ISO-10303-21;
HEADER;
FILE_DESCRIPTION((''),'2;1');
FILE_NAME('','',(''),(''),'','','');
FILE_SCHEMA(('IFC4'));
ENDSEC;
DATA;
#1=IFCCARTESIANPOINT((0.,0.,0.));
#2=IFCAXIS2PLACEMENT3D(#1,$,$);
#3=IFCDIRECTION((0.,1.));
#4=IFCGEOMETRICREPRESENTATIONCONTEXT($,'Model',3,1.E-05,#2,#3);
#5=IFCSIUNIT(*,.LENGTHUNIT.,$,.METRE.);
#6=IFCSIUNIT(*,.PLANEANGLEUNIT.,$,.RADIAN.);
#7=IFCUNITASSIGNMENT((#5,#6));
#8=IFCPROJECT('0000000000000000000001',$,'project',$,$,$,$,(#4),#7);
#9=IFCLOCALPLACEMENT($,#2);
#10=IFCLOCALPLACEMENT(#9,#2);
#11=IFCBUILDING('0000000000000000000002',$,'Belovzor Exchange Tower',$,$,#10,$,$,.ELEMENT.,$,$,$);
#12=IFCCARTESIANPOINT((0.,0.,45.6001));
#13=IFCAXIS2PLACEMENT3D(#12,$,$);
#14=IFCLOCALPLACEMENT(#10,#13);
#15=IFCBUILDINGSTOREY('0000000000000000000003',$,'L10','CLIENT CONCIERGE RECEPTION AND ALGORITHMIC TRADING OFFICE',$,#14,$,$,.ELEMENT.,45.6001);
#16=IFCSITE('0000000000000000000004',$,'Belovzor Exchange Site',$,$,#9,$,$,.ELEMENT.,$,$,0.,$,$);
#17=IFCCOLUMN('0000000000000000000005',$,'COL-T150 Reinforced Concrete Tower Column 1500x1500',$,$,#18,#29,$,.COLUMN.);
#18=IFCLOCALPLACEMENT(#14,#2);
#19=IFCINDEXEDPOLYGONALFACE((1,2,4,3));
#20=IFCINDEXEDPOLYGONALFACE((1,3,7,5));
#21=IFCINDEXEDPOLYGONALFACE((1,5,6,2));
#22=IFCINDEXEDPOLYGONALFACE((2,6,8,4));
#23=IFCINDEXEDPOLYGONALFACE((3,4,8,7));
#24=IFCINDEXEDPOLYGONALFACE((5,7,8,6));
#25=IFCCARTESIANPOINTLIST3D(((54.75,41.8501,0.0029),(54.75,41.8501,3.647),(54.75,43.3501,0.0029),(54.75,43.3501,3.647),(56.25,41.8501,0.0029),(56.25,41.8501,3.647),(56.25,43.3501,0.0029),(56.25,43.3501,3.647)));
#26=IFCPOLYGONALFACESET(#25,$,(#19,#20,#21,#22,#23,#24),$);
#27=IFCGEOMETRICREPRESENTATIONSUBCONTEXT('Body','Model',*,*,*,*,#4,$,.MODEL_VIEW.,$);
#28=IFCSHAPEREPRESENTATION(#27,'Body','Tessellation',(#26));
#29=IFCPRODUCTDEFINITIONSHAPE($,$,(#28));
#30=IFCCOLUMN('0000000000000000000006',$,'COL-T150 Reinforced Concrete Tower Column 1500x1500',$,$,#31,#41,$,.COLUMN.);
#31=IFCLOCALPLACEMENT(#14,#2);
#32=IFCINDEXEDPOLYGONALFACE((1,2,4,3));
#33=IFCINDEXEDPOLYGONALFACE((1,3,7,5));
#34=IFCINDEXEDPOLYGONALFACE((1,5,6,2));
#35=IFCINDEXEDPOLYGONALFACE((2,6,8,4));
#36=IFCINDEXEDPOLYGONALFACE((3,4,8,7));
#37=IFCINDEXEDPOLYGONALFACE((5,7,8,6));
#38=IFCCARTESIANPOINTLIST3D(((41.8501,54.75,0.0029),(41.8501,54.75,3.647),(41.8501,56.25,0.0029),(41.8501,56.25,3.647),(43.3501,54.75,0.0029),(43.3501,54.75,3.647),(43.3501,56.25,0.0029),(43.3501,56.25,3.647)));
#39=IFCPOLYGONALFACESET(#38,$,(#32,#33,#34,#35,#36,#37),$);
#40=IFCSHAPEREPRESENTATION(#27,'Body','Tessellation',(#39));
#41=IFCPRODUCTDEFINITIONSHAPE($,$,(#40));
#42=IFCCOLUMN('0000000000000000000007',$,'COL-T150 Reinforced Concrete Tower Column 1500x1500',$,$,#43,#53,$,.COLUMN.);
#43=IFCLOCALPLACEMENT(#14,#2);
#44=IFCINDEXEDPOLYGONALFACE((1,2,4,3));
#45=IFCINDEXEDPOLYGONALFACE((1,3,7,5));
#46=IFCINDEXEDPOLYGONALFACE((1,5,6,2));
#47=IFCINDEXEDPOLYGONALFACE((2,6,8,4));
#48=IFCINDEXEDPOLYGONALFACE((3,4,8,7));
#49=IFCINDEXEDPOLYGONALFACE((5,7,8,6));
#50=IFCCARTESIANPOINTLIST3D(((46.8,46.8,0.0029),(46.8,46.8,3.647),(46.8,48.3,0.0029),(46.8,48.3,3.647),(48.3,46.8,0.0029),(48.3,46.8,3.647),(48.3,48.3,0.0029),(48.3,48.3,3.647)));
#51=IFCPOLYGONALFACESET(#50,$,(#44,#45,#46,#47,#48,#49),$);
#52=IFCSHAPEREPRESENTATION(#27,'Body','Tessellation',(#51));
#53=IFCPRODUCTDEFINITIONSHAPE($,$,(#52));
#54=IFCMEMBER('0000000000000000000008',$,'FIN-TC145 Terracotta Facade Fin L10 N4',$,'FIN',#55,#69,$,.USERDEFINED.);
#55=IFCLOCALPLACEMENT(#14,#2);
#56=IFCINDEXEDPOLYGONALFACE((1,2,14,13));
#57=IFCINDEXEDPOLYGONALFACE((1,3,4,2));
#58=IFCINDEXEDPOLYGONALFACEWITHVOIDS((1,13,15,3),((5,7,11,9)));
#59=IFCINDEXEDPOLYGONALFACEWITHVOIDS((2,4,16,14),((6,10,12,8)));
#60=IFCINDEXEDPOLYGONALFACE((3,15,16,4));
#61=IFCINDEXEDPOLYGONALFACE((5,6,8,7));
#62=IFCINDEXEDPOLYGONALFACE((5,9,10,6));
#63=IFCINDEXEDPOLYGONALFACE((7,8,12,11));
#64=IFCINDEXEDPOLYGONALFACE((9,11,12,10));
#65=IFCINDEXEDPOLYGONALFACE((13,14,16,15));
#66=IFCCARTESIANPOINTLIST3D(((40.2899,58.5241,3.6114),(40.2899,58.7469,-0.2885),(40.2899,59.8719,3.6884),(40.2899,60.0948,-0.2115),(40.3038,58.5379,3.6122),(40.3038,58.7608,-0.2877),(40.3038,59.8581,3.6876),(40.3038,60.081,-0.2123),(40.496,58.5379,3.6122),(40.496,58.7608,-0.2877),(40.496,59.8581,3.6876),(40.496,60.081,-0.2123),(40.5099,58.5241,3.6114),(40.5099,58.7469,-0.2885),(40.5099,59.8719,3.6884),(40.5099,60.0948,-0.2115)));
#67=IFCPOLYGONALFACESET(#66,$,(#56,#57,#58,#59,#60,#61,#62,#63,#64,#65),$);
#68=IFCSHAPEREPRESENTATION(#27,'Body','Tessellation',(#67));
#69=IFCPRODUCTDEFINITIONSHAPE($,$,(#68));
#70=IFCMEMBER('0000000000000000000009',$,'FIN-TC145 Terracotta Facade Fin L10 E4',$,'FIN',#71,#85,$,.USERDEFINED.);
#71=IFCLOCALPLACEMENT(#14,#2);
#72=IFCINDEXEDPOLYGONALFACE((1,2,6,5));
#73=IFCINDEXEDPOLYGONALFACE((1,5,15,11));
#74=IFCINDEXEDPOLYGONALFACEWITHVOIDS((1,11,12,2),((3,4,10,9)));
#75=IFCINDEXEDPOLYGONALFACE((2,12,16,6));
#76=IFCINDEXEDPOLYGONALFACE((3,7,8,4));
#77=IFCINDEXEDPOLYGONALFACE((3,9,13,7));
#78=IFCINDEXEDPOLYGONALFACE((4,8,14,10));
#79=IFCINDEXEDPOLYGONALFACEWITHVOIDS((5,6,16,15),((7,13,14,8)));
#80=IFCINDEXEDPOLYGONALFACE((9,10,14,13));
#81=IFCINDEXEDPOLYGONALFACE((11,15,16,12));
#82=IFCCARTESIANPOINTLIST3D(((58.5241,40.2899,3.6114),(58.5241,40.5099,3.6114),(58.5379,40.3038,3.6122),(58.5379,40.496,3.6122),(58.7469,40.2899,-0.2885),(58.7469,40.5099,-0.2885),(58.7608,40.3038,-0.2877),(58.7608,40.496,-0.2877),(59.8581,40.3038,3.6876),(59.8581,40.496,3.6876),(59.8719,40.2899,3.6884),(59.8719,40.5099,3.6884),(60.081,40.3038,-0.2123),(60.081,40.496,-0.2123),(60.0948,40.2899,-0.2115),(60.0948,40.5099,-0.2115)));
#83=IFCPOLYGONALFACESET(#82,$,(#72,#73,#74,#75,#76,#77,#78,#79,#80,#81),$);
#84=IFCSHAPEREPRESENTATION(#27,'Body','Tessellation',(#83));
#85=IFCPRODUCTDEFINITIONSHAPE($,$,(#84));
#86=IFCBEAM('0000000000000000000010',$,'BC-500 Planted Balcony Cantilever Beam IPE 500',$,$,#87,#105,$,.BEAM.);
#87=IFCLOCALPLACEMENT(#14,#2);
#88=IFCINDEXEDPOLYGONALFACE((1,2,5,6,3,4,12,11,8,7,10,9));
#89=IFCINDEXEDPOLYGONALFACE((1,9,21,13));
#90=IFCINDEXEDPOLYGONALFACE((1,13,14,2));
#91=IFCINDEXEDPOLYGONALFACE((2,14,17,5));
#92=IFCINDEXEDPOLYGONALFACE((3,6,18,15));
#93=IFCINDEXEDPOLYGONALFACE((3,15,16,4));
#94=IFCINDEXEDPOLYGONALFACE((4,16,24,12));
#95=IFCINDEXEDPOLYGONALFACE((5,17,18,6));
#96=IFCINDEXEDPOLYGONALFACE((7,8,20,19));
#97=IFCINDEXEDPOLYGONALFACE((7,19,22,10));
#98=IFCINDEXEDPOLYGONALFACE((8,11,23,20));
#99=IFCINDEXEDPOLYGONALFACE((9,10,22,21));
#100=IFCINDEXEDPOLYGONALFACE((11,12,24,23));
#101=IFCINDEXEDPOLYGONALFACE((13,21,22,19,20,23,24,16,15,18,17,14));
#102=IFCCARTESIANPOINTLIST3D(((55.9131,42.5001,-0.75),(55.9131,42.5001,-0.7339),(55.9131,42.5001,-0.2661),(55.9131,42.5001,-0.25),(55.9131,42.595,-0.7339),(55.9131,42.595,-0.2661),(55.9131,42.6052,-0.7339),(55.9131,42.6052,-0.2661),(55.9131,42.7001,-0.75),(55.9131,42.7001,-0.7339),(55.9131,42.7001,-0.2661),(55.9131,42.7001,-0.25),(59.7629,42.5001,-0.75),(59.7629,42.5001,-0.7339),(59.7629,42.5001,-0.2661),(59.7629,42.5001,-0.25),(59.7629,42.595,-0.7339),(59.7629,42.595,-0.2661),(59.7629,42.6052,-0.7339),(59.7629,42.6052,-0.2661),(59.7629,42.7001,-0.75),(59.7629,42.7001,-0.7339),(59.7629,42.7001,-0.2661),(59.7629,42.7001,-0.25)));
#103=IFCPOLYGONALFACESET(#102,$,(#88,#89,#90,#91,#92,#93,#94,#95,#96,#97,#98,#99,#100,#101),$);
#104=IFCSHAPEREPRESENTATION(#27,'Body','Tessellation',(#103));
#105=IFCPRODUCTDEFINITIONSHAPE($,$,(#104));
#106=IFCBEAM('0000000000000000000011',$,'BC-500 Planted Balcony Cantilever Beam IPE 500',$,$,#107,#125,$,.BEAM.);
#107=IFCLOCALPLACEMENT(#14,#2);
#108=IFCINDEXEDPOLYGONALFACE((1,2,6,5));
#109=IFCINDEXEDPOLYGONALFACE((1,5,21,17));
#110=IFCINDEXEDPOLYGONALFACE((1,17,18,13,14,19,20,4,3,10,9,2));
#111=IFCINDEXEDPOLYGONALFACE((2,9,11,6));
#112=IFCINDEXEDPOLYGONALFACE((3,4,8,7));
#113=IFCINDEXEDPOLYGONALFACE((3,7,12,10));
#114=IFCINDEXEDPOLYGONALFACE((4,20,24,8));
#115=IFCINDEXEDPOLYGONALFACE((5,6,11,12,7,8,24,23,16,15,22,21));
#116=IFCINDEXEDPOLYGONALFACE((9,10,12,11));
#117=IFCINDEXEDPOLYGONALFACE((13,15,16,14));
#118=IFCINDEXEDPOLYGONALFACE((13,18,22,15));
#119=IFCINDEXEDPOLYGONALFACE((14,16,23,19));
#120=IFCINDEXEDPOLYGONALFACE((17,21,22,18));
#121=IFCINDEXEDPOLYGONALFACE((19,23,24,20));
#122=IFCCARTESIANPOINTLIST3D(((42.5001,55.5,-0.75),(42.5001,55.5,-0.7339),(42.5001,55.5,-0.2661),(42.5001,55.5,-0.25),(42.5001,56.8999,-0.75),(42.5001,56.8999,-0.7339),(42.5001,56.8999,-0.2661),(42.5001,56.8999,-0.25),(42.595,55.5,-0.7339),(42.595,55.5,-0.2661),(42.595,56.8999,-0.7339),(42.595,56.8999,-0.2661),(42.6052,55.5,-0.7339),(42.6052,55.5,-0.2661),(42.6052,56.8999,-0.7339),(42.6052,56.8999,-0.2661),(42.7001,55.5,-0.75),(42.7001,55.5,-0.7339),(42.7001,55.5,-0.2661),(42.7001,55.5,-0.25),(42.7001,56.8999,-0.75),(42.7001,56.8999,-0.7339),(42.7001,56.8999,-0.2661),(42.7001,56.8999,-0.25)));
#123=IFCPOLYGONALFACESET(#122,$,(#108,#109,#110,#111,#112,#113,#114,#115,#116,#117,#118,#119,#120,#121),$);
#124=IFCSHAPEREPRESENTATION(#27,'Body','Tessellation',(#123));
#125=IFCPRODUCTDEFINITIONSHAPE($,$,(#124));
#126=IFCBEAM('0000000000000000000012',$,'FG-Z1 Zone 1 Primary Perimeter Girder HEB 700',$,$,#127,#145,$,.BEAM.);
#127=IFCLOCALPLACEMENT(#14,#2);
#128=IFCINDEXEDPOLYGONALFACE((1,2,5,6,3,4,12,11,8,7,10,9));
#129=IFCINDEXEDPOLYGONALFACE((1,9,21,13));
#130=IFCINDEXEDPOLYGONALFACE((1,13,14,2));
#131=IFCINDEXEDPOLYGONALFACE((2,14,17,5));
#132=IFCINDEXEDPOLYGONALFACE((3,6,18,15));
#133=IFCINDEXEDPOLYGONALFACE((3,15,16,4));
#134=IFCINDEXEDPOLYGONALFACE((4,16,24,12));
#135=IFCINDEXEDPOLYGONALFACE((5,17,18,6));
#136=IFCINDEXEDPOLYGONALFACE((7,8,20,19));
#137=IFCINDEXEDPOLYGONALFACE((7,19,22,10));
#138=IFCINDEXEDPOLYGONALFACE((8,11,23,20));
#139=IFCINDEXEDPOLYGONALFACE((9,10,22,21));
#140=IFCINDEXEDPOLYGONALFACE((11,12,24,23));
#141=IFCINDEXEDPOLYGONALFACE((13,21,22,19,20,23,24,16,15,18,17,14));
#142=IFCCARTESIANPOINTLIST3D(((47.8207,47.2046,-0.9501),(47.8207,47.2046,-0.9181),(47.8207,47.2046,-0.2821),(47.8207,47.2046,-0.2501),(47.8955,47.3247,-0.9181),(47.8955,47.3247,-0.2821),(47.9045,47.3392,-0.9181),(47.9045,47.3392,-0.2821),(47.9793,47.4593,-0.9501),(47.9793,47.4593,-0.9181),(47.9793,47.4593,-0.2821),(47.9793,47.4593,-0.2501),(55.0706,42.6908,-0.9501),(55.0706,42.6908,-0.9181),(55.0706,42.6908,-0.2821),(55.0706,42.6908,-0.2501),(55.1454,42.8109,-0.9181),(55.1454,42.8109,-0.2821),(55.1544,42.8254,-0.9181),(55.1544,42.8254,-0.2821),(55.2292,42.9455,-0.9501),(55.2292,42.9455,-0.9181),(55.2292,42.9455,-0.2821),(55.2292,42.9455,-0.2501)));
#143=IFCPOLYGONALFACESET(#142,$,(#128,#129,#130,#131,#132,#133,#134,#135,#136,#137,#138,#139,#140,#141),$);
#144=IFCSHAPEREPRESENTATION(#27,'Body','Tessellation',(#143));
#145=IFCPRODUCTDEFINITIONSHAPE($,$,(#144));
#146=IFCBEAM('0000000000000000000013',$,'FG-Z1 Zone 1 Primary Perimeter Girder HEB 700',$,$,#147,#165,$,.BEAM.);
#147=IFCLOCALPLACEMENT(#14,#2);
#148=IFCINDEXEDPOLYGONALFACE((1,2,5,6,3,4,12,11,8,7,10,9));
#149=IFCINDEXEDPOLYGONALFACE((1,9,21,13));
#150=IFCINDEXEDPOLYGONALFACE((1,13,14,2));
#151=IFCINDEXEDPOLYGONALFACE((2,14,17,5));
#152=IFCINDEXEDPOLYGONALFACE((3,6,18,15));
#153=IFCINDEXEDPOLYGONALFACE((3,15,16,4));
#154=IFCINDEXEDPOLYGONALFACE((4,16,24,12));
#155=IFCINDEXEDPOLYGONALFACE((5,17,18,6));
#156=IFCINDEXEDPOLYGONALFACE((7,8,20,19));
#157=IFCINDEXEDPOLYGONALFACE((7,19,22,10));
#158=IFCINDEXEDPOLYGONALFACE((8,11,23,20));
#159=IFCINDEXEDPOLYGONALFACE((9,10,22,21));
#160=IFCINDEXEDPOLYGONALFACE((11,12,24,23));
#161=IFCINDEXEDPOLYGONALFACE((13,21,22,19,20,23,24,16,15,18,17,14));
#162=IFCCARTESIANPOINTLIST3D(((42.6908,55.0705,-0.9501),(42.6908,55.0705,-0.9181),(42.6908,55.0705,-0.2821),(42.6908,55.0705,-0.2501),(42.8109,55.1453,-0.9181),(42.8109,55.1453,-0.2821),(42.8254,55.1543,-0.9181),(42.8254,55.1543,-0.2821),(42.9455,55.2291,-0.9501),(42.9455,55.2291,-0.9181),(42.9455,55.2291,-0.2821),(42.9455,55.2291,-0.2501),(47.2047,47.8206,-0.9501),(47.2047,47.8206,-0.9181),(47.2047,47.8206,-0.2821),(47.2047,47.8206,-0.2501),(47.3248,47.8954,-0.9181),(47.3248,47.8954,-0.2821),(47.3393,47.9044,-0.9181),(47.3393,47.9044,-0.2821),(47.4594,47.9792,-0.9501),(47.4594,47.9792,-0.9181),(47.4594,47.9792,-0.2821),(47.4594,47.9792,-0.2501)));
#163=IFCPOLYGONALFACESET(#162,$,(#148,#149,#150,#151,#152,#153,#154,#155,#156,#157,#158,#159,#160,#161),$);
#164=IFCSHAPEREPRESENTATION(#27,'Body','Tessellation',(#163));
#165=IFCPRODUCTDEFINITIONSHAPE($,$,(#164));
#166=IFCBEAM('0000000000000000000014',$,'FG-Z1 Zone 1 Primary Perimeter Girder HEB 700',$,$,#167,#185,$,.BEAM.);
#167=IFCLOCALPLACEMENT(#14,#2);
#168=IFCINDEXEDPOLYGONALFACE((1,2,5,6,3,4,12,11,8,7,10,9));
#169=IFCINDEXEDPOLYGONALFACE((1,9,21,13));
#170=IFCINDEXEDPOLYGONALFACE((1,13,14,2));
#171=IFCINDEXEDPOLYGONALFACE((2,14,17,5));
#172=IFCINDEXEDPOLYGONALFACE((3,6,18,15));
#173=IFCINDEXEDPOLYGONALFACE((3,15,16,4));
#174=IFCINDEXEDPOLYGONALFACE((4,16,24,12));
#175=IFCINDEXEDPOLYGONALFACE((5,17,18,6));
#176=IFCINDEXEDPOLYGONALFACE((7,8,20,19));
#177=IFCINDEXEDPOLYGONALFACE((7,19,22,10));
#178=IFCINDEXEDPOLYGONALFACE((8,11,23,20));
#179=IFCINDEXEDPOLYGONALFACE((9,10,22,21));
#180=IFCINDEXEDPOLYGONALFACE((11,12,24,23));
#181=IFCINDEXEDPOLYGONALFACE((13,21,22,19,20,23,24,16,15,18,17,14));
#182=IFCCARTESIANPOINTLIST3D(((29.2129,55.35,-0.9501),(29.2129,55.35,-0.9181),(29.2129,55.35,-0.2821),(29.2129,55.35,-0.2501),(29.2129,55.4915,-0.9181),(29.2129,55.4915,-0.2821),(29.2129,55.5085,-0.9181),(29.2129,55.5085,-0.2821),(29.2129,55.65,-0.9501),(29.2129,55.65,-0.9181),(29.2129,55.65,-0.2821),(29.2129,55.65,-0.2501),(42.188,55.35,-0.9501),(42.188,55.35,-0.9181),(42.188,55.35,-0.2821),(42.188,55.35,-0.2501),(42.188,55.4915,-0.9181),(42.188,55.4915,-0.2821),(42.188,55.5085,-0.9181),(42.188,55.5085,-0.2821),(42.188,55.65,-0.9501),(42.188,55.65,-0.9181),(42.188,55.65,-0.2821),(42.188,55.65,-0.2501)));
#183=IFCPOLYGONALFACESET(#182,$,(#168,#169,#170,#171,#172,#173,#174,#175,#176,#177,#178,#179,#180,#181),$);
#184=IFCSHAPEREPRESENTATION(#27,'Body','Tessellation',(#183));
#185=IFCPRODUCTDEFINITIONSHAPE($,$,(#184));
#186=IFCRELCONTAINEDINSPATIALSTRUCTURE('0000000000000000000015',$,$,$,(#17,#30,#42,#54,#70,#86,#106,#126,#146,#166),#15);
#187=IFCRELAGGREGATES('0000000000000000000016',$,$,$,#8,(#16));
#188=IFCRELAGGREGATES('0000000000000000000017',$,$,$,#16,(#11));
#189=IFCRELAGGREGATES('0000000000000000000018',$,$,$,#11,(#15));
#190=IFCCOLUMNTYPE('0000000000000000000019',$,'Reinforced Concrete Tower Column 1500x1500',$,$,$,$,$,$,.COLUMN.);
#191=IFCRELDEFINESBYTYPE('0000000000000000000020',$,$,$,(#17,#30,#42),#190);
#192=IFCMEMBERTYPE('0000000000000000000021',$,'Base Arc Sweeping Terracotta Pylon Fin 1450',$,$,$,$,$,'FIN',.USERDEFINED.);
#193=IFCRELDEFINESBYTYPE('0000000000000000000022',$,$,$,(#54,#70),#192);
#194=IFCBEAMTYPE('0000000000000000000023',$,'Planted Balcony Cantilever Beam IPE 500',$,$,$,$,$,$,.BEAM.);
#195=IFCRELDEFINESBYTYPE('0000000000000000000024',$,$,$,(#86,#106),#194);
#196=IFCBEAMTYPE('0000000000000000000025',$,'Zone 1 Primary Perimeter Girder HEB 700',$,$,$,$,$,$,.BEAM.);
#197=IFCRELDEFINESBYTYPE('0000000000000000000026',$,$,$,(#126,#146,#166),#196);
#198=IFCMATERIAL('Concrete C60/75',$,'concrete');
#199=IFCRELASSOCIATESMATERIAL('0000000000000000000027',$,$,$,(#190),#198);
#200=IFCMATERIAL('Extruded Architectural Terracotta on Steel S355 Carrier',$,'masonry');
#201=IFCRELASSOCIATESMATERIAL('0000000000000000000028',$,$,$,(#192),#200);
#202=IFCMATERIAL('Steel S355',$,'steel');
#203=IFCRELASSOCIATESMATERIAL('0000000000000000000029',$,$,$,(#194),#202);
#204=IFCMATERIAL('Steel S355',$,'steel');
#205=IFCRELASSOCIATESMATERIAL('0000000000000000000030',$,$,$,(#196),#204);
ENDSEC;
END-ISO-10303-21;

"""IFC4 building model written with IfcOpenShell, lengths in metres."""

from ifc_helpers import new_model, si_unit, direction, frame, origin, origin_2d, place, context, subcontext, project, spatial, rectangle, hollow_rectangle, i_section, extrude, material, material_profile, profile_set, type_object, element, save


model = new_model("IFC4")

# Units and contexts
model_context = context("Model", 3, precision=1e-05, world=origin(), true_north=direction((0.0, 1.0)))
body_context = subcontext(model_context, "Body", "Model", "MODEL_VIEW")
ifc_project = project(units=[si_unit("LENGTHUNIT", "METRE"), si_unit("PLANEANGLEUNIT", "RADIAN")], contexts=[model_context])

# Site, building, storey
site_placement = place(None, origin())
site = spatial("IfcSite", under=ifc_project, at=site_placement, Name="Belovzor Exchange Site", CompositionType="ELEMENT", RefElevation=0.0)
building_placement = place(site_placement, origin())
building = spatial("IfcBuilding", under=site, at=building_placement, Name="Belovzor Exchange Tower", CompositionType="ELEMENT")
storey_placement = place(building_placement, frame((0.0, 0.0, 45.6001)))
storey = spatial("IfcBuildingStorey", under=building, at=storey_placement, Name="L10", Description="CLIENT CONCIERGE RECEPTION AND ALGORITHMIC TRADING OFFICE", CompositionType="ELEMENT", Elevation=45.6001)

# Columns
ifc_material_1 = material(Name="Concrete C60/75", Category="concrete")
ifc_material_profile_1 = material_profile(ifc_material_1, rectangle(XDim=1.5, YDim=1.5, at=origin_2d()))
ifc_profile_set_1 = profile_set([ifc_material_profile_1], Name="Concrete C60/75")
column_type = type_object("IfcColumnType", Name="Reinforced Concrete Tower Column 1500x1500", PredefinedType="COLUMN", material=ifc_profile_set_1)
for number, where, z_axis, x_axis, name in (
    (1, (55.5, 42.6001, 0.0029), (0.0, 0.0, 1.0), (1.0, 0.0, 0.0), "COL-T150 Reinforced Concrete Tower Column 1500x1500"),
    (2, (42.6001, 55.5, 0.0029), (0.0, 0.0, 1.0), (1.0, 0.0, 0.0), "COL-T150 Reinforced Concrete Tower Column 1500x1500"),
    (3, (47.55, 47.55, 0.0029), (0.0, 0.0, 1.0), (1.0, 0.0, 0.0), "COL-T150 Reinforced Concrete Tower Column 1500x1500"),
):
    element("IfcColumn", number, at=place(storey_placement, frame(where, z_axis=z_axis, x_axis=x_axis)), inside=storey, type_object=column_type, Name=name, PredefinedType="COLUMN", context=body_context, shape_type="SweptSolid", body=[
        extrude(rectangle(XDim=1.5, YDim=1.5, at=origin_2d()), origin(), (0.0, 0.0, 1.0), 3.644),
    ])

# Members
ifc_material_2 = material(Name="Extruded Architectural Terracotta on Steel S355 Carrier", Category="masonry")
ifc_material_profile_2 = material_profile(ifc_material_2, hollow_rectangle(XDim=0.22, YDim=1.3501, WallThickness=0.0139, at=origin_2d()))
ifc_profile_set_2 = profile_set([ifc_material_profile_2], Name="Extruded Architectural Terracotta on Steel S355 Carrier")
member_type = type_object("IfcMemberType", Name="Base Arc Sweeping Terracotta Pylon Fin 1450", ElementType="FIN", PredefinedType="USERDEFINED", material=ifc_profile_set_2)
for number, where, z_axis, x_axis, name in (
    (4, (40.3999, 59.4209, -0.25), (0.0, -0.057062, 0.998371), (1.0, 0.0, 0.0), "FIN-TC145 Terracotta Facade Fin L10 N4"),
    (5, (59.4209, 40.3999, -0.25), (-0.057062, 0.0, 0.998371), (0.0, -1.0, 0.0), "FIN-TC145 Terracotta Facade Fin L10 E4"),
):
    element("IfcMember", number, at=place(storey_placement, frame(where, z_axis=z_axis, x_axis=x_axis)), inside=storey, type_object=member_type, Name=name, ObjectType="FIN", PredefinedType="USERDEFINED", context=body_context, shape_type="SweptSolid", body=[
        extrude(hollow_rectangle(XDim=0.22, YDim=1.3501, WallThickness=0.0139, at=origin_2d()), origin(), (0.0, 0.0, 1.0), 3.9062),
    ])

# Beams
ifc_material_3 = material(Name="Steel S355", Category="steel")
ifc_material_profile_3 = material_profile(ifc_material_3, i_section(OverallWidth=0.2, OverallDepth=0.5, WebThickness=0.0103, FlangeThickness=0.0161, at=origin_2d()))
ifc_profile_set_3 = profile_set([ifc_material_profile_3], Name="Steel S355")
beam_type_1 = type_object("IfcBeamType", Name="Planted Balcony Cantilever Beam IPE 500", PredefinedType="BEAM", material=ifc_profile_set_3)
beam_1_placement = place(storey_placement, frame((55.9131, 42.6001, -0.5), z_axis=(1.0, 0.0, 0.0), x_axis=(0.0, 1.0, 0.0)))
element("IfcBeam", 6, at=beam_1_placement, inside=storey, type_object=beam_type_1, Name="BC-500 Planted Balcony Cantilever Beam IPE 500", PredefinedType="BEAM", context=body_context, shape_type="SweptSolid", body=[
    extrude(i_section(OverallWidth=0.2, OverallDepth=0.5, WebThickness=0.0103, FlangeThickness=0.0161, at=origin_2d()), origin(), (0.0, 0.0, 1.0), 3.8499),
])
beam_2_placement = place(storey_placement, frame((42.6001, 55.5, -0.5), z_axis=(0.0, 1.0, 0.0), x_axis=(-1.0, 0.0, 0.0)))
element("IfcBeam", 7, at=beam_2_placement, inside=storey, type_object=beam_type_1, Name="BC-500 Planted Balcony Cantilever Beam IPE 500", PredefinedType="BEAM", context=body_context, shape_type="SweptSolid", body=[
    extrude(i_section(OverallWidth=0.2, OverallDepth=0.5, WebThickness=0.0103, FlangeThickness=0.0161, at=origin_2d()), origin(), (0.0, 0.0, 1.0), 1.3999),
])
ifc_material_4 = material(Name="Steel S355", Category="steel")
ifc_material_profile_4 = material_profile(ifc_material_4, i_section(OverallWidth=0.3, OverallDepth=0.7, WebThickness=0.0171, FlangeThickness=0.032, at=origin_2d()))
ifc_profile_set_4 = profile_set([ifc_material_profile_4], Name="Steel S355")
beam_type_2 = type_object("IfcBeamType", Name="Zone 1 Primary Perimeter Girder HEB 700", PredefinedType="BEAM", material=ifc_profile_set_4)
for number, where, z_axis, x_axis, name in (
    (8, (55.1499, 42.8181, -0.6001), (-0.848909, 0.528539, 0.0), (-0.528539, -0.848909, 0.0), "FG-Z1 Zone 1 Primary Perimeter Girder HEB 700"),
    (9, (47.332, 47.8999, -0.6001), (-0.528539, 0.848909, 0.0), (-0.848909, -0.528539, 0.0), "FG-Z1 Zone 1 Primary Perimeter Girder HEB 700"),
):
    element("IfcBeam", number, at=place(storey_placement, frame(where, z_axis=z_axis, x_axis=x_axis)), inside=storey, type_object=beam_type_2, Name=name, PredefinedType="BEAM", context=body_context, shape_type="SweptSolid", body=[
        extrude(i_section(OverallWidth=0.3, OverallDepth=0.7, WebThickness=0.0171, FlangeThickness=0.032, at=origin_2d()), origin(), (0.0, 0.0, 1.0), 8.5403),
    ])
beam_3_placement = place(storey_placement, frame((42.188, 55.5, -0.6001), z_axis=(-1.0, 0.0, 0.0), x_axis=(0.0, -1.0, 0.0)))
element("IfcBeam", 10, at=beam_3_placement, inside=storey, type_object=beam_type_2, Name="FG-Z1 Zone 1 Primary Perimeter Girder HEB 700", PredefinedType="BEAM", context=body_context, shape_type="SweptSolid", body=[
    extrude(i_section(OverallWidth=0.3, OverallDepth=0.7, WebThickness=0.0171, FlangeThickness=0.032, at=origin_2d()), origin(), (0.0, 0.0, 1.0), 12.9751),
])

save(model, "model.ifc")
